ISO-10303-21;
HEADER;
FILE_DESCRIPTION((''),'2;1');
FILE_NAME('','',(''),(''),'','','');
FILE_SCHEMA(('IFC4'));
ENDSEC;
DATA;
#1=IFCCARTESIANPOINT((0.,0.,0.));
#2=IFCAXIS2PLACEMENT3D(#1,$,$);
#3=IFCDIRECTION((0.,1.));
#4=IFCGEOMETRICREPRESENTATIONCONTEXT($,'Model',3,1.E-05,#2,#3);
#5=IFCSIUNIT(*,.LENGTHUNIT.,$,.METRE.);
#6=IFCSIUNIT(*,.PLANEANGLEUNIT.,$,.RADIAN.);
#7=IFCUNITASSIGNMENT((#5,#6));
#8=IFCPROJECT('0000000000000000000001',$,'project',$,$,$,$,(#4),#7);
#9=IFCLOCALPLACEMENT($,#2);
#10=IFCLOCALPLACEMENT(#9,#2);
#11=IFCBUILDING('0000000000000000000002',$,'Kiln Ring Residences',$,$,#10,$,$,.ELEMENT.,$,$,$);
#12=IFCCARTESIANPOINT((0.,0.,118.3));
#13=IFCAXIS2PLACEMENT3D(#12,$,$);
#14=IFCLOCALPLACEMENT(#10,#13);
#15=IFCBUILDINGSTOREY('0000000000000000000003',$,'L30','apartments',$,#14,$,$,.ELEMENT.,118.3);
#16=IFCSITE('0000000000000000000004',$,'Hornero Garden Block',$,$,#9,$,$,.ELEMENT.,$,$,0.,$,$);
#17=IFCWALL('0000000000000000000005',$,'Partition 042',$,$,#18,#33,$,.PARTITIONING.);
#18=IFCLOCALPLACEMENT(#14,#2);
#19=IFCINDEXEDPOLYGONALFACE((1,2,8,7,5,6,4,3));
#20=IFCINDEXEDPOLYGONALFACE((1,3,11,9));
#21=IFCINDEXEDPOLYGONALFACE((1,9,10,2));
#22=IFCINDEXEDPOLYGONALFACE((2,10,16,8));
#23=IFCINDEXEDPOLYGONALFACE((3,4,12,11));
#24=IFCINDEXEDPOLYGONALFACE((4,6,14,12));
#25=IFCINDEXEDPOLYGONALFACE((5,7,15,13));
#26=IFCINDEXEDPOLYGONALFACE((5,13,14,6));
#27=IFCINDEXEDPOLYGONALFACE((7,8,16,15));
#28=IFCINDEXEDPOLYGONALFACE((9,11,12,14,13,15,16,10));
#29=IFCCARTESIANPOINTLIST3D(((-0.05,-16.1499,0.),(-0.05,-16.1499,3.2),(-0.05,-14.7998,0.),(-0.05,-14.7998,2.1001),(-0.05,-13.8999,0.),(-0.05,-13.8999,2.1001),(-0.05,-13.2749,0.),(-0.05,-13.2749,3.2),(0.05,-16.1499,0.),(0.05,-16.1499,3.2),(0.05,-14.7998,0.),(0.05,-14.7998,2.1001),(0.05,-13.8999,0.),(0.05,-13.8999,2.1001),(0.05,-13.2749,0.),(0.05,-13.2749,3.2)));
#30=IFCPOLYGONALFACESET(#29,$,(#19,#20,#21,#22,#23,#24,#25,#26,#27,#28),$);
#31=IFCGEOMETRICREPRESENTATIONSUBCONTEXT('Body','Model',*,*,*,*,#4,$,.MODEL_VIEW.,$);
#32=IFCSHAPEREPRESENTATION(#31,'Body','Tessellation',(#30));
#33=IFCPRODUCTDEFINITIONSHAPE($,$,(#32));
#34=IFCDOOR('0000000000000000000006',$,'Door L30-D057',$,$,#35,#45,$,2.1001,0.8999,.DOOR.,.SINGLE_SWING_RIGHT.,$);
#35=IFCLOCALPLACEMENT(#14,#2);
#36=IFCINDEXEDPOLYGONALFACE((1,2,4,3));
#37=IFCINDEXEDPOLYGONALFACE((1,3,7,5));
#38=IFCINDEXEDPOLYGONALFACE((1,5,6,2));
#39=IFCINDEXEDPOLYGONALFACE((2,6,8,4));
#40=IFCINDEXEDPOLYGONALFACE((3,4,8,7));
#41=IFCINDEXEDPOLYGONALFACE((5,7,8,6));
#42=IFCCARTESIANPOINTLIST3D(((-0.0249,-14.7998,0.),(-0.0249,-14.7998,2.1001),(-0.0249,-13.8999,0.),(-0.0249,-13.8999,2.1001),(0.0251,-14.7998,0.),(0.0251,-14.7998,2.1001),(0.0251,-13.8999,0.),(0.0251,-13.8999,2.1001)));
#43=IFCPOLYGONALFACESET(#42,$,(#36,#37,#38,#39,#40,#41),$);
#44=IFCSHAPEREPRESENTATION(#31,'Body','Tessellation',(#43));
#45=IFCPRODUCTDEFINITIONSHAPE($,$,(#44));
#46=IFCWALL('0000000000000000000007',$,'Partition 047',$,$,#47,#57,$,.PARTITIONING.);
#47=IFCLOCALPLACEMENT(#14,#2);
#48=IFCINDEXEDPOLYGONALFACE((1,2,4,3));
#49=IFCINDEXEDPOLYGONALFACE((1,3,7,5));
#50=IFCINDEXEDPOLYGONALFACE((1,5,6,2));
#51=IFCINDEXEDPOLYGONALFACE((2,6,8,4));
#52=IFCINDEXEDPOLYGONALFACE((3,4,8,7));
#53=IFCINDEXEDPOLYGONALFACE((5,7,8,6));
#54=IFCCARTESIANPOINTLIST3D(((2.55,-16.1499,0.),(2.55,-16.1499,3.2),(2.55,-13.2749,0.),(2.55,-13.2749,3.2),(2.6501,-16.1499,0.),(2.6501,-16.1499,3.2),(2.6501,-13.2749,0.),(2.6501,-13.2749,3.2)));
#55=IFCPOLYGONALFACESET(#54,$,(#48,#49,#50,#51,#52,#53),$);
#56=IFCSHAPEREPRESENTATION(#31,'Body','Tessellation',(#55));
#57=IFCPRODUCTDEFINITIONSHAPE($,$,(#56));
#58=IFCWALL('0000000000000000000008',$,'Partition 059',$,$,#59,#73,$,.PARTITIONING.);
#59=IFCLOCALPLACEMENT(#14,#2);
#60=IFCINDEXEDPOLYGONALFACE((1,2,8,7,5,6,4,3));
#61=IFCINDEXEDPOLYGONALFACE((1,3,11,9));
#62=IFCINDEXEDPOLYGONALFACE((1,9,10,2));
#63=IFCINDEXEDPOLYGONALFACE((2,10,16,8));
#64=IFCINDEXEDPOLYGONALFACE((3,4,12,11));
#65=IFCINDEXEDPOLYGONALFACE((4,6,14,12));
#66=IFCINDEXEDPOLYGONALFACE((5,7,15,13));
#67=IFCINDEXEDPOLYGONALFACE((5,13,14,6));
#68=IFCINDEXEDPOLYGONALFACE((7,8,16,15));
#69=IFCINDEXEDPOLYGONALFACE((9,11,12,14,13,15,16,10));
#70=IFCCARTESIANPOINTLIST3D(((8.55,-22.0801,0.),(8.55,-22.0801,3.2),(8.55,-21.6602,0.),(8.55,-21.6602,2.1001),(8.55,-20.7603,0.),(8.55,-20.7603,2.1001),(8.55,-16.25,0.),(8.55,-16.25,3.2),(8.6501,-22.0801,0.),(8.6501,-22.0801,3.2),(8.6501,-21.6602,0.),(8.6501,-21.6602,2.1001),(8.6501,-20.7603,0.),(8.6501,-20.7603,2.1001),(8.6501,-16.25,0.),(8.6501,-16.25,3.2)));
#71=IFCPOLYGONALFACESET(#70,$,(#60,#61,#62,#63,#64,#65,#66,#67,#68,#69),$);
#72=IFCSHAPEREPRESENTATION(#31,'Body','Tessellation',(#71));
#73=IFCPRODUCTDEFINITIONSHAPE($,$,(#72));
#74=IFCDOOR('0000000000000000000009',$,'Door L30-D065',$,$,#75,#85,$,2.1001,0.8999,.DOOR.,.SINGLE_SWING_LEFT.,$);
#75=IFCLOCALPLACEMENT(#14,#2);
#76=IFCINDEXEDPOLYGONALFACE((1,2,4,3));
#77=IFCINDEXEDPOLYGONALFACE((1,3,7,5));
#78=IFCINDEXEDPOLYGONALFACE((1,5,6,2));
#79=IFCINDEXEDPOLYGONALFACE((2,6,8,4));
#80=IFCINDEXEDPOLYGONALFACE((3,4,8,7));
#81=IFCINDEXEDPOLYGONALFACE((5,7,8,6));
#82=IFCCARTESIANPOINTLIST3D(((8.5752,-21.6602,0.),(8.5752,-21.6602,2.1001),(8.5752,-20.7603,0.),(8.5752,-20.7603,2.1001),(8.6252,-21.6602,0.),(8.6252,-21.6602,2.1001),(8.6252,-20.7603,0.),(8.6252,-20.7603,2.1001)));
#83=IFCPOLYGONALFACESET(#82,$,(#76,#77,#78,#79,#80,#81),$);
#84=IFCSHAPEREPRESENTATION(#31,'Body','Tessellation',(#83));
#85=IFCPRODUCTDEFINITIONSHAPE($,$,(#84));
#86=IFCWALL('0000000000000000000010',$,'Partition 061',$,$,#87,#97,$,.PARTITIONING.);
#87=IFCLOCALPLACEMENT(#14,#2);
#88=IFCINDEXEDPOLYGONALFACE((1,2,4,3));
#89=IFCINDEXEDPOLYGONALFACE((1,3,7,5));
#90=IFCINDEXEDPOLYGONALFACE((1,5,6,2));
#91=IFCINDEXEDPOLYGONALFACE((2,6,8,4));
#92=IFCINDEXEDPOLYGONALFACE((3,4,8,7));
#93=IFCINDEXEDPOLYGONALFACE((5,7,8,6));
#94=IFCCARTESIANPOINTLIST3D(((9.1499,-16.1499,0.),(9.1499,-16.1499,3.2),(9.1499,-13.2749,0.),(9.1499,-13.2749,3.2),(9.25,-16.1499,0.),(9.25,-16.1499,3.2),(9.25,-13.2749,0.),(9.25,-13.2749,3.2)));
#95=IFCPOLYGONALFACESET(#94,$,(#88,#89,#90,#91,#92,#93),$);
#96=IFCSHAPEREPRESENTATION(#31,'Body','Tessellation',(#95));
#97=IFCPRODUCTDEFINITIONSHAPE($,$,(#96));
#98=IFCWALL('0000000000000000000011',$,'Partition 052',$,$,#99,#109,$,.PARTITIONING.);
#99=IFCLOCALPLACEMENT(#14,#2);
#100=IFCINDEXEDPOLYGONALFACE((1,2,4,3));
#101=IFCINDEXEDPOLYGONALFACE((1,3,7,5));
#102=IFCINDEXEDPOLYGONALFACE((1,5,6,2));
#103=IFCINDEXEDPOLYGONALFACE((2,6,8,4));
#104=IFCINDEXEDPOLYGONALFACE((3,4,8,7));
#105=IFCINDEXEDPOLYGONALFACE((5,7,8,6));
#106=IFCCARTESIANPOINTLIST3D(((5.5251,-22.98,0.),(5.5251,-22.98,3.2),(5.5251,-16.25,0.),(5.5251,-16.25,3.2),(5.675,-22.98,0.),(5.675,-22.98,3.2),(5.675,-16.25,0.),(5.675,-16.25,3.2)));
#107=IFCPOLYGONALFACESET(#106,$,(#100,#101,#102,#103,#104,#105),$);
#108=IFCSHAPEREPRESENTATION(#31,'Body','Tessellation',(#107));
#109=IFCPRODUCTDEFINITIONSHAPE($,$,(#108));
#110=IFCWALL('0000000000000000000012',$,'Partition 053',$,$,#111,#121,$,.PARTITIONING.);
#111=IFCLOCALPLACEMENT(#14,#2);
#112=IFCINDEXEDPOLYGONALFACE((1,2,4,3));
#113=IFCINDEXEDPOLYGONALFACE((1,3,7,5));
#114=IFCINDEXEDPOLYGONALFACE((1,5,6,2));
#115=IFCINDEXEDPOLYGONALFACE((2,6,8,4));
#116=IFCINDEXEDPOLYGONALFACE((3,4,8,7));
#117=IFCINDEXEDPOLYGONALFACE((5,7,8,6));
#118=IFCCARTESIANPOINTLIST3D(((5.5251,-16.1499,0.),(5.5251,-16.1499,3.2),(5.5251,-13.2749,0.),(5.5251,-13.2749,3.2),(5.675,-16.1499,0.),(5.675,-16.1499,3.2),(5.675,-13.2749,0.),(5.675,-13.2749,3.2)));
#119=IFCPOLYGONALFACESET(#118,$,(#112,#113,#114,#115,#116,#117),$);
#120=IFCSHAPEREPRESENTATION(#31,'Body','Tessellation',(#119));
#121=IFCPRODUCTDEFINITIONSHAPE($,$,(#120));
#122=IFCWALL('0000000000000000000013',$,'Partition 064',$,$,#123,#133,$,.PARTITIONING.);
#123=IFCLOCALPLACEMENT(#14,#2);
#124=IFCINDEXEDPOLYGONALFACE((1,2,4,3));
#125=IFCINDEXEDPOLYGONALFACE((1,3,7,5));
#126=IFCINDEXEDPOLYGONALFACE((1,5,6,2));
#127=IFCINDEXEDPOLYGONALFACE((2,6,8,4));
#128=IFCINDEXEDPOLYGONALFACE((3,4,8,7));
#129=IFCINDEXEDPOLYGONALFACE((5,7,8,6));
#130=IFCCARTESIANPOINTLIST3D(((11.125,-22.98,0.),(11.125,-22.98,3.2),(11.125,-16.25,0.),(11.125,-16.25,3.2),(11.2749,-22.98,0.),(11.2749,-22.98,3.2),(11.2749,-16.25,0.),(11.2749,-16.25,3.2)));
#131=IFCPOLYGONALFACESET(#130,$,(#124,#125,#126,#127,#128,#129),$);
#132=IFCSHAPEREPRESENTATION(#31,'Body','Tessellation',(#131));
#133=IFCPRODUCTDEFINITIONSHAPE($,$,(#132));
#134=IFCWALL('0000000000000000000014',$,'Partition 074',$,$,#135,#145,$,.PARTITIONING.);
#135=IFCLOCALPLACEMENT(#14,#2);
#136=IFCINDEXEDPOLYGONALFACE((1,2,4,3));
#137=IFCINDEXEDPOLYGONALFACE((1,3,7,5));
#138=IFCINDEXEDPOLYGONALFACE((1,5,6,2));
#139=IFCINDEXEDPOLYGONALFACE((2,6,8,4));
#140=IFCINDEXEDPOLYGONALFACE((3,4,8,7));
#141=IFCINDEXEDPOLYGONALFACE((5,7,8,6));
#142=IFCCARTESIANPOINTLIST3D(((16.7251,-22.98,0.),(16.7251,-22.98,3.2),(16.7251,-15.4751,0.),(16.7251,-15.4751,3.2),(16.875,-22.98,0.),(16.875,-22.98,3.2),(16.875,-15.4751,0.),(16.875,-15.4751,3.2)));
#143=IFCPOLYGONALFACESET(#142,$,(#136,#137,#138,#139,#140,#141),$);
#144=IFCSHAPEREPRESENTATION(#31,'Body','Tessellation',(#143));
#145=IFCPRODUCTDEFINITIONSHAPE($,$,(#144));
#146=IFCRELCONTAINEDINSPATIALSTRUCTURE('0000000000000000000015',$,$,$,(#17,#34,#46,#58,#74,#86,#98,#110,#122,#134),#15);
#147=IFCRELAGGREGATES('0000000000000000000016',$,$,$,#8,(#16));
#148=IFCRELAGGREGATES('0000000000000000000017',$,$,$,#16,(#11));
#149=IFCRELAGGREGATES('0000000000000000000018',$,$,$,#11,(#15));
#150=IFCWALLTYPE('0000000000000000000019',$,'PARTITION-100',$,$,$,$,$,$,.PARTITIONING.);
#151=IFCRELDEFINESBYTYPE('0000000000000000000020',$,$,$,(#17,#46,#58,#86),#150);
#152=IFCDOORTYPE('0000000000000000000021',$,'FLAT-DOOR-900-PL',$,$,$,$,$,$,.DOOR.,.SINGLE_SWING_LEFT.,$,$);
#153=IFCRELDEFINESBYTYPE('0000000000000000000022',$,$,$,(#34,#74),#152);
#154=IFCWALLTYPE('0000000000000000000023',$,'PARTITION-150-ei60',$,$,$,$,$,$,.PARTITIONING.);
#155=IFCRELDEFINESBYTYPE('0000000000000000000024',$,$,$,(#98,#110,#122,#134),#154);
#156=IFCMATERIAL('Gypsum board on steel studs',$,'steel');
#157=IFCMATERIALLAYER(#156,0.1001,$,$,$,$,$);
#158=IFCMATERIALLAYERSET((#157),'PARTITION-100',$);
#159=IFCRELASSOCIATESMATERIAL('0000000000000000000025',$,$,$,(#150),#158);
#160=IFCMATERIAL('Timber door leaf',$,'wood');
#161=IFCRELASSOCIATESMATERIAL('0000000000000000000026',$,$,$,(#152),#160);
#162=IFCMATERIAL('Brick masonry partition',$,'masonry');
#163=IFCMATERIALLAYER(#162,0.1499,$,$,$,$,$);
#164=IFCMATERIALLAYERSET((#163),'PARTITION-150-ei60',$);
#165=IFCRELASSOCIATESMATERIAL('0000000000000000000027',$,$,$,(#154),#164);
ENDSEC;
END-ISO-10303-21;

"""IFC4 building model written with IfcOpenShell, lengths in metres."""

from ifc_helpers import new_model, si_unit, direction, frame, frame_2d, origin, place, context, subcontext, project, spatial, rectangle, extrude, material, layer, layer_set, type_object, element, fill, save


model = new_model("IFC4")

# Units and contexts
model_context = context("Model", 3, precision=1e-05, world=origin(), true_north=direction((0.0, 1.0)))
body_context = subcontext(model_context, "Body", "Model", "MODEL_VIEW")
ifc_project = project(units=[si_unit("LENGTHUNIT", "METRE"), si_unit("PLANEANGLEUNIT", "RADIAN")], contexts=[model_context])

# Site, building, storey
site_placement = place(None, origin())
site = spatial("IfcSite", under=ifc_project, at=site_placement, Name="Hornero Garden Block", CompositionType="ELEMENT", RefElevation=0.0)
building_placement = place(site_placement, origin())
building = spatial("IfcBuilding", under=site, at=building_placement, Name="Kiln Ring Residences", CompositionType="ELEMENT")
storey_placement = place(building_placement, frame((0.0, 0.0, 118.3)))
storey = spatial("IfcBuildingStorey", under=building, at=storey_placement, Name="L30", Description="apartments", CompositionType="ELEMENT", Elevation=118.3)

# Shared definitions
ifc_material_1 = material(Name="Gypsum board on steel studs", Category="steel")
ifc_layer_1 = layer(ifc_material_1, 0.1001)
ifc_layer_set_1 = layer_set([ifc_layer_1], Name="PARTITION-100")
wall_type_1 = type_object("IfcWallType", Name="PARTITION-100", PredefinedType="PARTITIONING", material=ifc_layer_set_1)
ifc_material_2 = material(Name="Timber door leaf", Category="wood")
door_type_1 = type_object("IfcDoorType", Name="FLAT-DOOR-900-PL", OperationType="SINGLE_SWING_LEFT", PredefinedType="DOOR", material=ifc_material_2)

# Wall, opening, door
wall_1_placement = place(storey_placement, frame((0.0, -16.1499, 0.0), z_axis=(0.0, 0.0, 1.0), x_axis=(0.0, 1.0, 0.0)))
wall_1 = element("IfcWall", 1, at=wall_1_placement, inside=storey, type_object=wall_type_1, Name="Partition 042", PredefinedType="PARTITIONING", context=body_context, shape_type="SweptSolid", body=[
    extrude(rectangle(XDim=2.875, YDim=0.1001, at=frame_2d((1.4375, 0.0))), origin(), (0.0, 0.0, 1.0), 3.2),
])
opening_1_placement = place(wall_1_placement, frame((1.3501, 0.0, 0.0)))
opening_1 = element("IfcOpeningElement", 2, at=opening_1_placement, cuts=wall_1, PredefinedType="OPENING", context=body_context, shape_type="SweptSolid", body=[
    extrude(rectangle(XDim=0.8999, YDim=2.1001, at=frame_2d((0.45, 1.05))), frame((0.0, 0.0601, 0.0), z_axis=(0.0, -1.0, 0.0), x_axis=(1.0, 0.0, 0.0)), (0.0, 0.0, 1.0), 0.1201),
])
door_1_placement = place(opening_1_placement, origin())
door_1 = element("IfcDoor", 3, at=door_1_placement, inside=storey, type_object=door_type_1, Name="Door L30-D057", OperationType="SINGLE_SWING_RIGHT", OverallHeight=2.1001, OverallWidth=0.8999, PredefinedType="DOOR", context=body_context, shape_type="SweptSolid", body=[
    extrude(rectangle(XDim=0.8999, YDim=2.1001, at=frame_2d((0.45, 1.05))), frame((0.0, 0.0249, 0.0), z_axis=(0.0, -1.0, 0.0), x_axis=(1.0, 0.0, 0.0)), (0.0, 0.0, 1.0), 0.05),
])
fill(opening_1, door_1)

# Wall
wall_2_placement = place(storey_placement, frame((2.6001, -16.1499, 0.0), z_axis=(0.0, 0.0, 1.0), x_axis=(0.0, 1.0, 0.0)))
element("IfcWall", 4, at=wall_2_placement, inside=storey, type_object=wall_type_1, Name="Partition 047", PredefinedType="PARTITIONING", context=body_context, shape_type="SweptSolid", body=[
    extrude(rectangle(XDim=2.875, YDim=0.1001, at=frame_2d((1.4375, 0.0))), origin(), (0.0, 0.0, 1.0), 3.2),
])

# Wall, opening, door
wall_3_placement = place(storey_placement, frame((8.6001, -22.0801, 0.0), z_axis=(0.0, 0.0, 1.0), x_axis=(0.0, 1.0, 0.0)))
wall_3 = element("IfcWall", 5, at=wall_3_placement, inside=storey, type_object=wall_type_1, Name="Partition 059", PredefinedType="PARTITIONING", context=body_context, shape_type="SweptSolid", body=[
    extrude(rectangle(XDim=5.8301, YDim=0.1001, at=frame_2d((2.915, 0.0))), origin(), (0.0, 0.0, 1.0), 3.2),
])
opening_2_placement = place(wall_3_placement, frame((0.4199, 0.0, 0.0)))
opening_2 = element("IfcOpeningElement", 6, at=opening_2_placement, cuts=wall_3, PredefinedType="OPENING", context=body_context, shape_type="SweptSolid", body=[
    extrude(rectangle(XDim=0.8999, YDim=2.1001, at=frame_2d((0.45, 1.05))), frame((0.0, 0.0601, 0.0), z_axis=(0.0, -1.0, 0.0), x_axis=(1.0, 0.0, 0.0)), (0.0, 0.0, 1.0), 0.1201),
])
door_2_placement = place(opening_2_placement, origin())
door_2 = element("IfcDoor", 7, at=door_2_placement, inside=storey, type_object=door_type_1, Name="Door L30-D065", OperationType="SINGLE_SWING_LEFT", OverallHeight=2.1001, OverallWidth=0.8999, PredefinedType="DOOR", context=body_context, shape_type="SweptSolid", body=[
    extrude(rectangle(XDim=0.8999, YDim=2.1001, at=frame_2d((0.45, 1.05))), frame((0.0, 0.0249, 0.0), z_axis=(0.0, -1.0, 0.0), x_axis=(1.0, 0.0, 0.0)), (0.0, 0.0, 1.0), 0.05),
])
fill(opening_2, door_2)

# Walls
wall_4_placement = place(storey_placement, frame((9.2, -16.1499, 0.0), z_axis=(0.0, 0.0, 1.0), x_axis=(0.0, 1.0, 0.0)))
element("IfcWall", 8, at=wall_4_placement, inside=storey, type_object=wall_type_1, Name="Partition 061", PredefinedType="PARTITIONING", context=body_context, shape_type="SweptSolid", body=[
    extrude(rectangle(XDim=2.875, YDim=0.1001, at=frame_2d((1.4375, 0.0))), origin(), (0.0, 0.0, 1.0), 3.2),
])
ifc_material_3 = material(Name="Brick masonry partition", Category="masonry")
ifc_layer_2 = layer(ifc_material_3, 0.1499)
ifc_layer_set_2 = layer_set([ifc_layer_2], Name="PARTITION-150-ei60")
wall_type_2 = type_object("IfcWallType", Name="PARTITION-150-ei60", PredefinedType="PARTITIONING", material=ifc_layer_set_2)
wall_5_placement = place(storey_placement, frame((5.6001, -22.98, 0.0), z_axis=(0.0, 0.0, 1.0), x_axis=(0.0, 1.0, 0.0)))
element("IfcWall", 9, at=wall_5_placement, inside=storey, type_object=wall_type_2, Name="Partition 052", PredefinedType="PARTITIONING", context=body_context, shape_type="SweptSolid", body=[
    extrude(rectangle(XDim=6.73, YDim=0.1499, at=frame_2d((3.365, 0.0))), origin(), (0.0, 0.0, 1.0), 3.2),
])
wall_6_placement = place(storey_placement, frame((5.6001, -16.1499, 0.0), z_axis=(0.0, 0.0, 1.0), x_axis=(0.0, 1.0, 0.0)))
element("IfcWall", 10, at=wall_6_placement, inside=storey, type_object=wall_type_2, Name="Partition 053", PredefinedType="PARTITIONING", context=body_context, shape_type="SweptSolid", body=[
    extrude(rectangle(XDim=2.875, YDim=0.1499, at=frame_2d((1.4375, 0.0))), origin(), (0.0, 0.0, 1.0), 3.2),
])
wall_7_placement = place(storey_placement, frame((11.2, -22.98, 0.0), z_axis=(0.0, 0.0, 1.0), x_axis=(0.0, 1.0, 0.0)))
element("IfcWall", 11, at=wall_7_placement, inside=storey, type_object=wall_type_2, Name="Partition 064", PredefinedType="PARTITIONING", context=body_context, shape_type="SweptSolid", body=[
    extrude(rectangle(XDim=6.73, YDim=0.1499, at=frame_2d((3.365, 0.0))), origin(), (0.0, 0.0, 1.0), 3.2),
])
wall_8_placement = place(storey_placement, frame((16.8, -22.98, 0.0), z_axis=(0.0, 0.0, 1.0), x_axis=(0.0, 1.0, 0.0)))
element("IfcWall", 12, at=wall_8_placement, inside=storey, type_object=wall_type_2, Name="Partition 074", PredefinedType="PARTITIONING", context=body_context, shape_type="SweptSolid", body=[
    extrude(rectangle(XDim=7.5049, YDim=0.1499, at=frame_2d((3.7524, 0.0))), origin(), (0.0, 0.0, 1.0), 3.2),
])

save(model, "model.ifc")
